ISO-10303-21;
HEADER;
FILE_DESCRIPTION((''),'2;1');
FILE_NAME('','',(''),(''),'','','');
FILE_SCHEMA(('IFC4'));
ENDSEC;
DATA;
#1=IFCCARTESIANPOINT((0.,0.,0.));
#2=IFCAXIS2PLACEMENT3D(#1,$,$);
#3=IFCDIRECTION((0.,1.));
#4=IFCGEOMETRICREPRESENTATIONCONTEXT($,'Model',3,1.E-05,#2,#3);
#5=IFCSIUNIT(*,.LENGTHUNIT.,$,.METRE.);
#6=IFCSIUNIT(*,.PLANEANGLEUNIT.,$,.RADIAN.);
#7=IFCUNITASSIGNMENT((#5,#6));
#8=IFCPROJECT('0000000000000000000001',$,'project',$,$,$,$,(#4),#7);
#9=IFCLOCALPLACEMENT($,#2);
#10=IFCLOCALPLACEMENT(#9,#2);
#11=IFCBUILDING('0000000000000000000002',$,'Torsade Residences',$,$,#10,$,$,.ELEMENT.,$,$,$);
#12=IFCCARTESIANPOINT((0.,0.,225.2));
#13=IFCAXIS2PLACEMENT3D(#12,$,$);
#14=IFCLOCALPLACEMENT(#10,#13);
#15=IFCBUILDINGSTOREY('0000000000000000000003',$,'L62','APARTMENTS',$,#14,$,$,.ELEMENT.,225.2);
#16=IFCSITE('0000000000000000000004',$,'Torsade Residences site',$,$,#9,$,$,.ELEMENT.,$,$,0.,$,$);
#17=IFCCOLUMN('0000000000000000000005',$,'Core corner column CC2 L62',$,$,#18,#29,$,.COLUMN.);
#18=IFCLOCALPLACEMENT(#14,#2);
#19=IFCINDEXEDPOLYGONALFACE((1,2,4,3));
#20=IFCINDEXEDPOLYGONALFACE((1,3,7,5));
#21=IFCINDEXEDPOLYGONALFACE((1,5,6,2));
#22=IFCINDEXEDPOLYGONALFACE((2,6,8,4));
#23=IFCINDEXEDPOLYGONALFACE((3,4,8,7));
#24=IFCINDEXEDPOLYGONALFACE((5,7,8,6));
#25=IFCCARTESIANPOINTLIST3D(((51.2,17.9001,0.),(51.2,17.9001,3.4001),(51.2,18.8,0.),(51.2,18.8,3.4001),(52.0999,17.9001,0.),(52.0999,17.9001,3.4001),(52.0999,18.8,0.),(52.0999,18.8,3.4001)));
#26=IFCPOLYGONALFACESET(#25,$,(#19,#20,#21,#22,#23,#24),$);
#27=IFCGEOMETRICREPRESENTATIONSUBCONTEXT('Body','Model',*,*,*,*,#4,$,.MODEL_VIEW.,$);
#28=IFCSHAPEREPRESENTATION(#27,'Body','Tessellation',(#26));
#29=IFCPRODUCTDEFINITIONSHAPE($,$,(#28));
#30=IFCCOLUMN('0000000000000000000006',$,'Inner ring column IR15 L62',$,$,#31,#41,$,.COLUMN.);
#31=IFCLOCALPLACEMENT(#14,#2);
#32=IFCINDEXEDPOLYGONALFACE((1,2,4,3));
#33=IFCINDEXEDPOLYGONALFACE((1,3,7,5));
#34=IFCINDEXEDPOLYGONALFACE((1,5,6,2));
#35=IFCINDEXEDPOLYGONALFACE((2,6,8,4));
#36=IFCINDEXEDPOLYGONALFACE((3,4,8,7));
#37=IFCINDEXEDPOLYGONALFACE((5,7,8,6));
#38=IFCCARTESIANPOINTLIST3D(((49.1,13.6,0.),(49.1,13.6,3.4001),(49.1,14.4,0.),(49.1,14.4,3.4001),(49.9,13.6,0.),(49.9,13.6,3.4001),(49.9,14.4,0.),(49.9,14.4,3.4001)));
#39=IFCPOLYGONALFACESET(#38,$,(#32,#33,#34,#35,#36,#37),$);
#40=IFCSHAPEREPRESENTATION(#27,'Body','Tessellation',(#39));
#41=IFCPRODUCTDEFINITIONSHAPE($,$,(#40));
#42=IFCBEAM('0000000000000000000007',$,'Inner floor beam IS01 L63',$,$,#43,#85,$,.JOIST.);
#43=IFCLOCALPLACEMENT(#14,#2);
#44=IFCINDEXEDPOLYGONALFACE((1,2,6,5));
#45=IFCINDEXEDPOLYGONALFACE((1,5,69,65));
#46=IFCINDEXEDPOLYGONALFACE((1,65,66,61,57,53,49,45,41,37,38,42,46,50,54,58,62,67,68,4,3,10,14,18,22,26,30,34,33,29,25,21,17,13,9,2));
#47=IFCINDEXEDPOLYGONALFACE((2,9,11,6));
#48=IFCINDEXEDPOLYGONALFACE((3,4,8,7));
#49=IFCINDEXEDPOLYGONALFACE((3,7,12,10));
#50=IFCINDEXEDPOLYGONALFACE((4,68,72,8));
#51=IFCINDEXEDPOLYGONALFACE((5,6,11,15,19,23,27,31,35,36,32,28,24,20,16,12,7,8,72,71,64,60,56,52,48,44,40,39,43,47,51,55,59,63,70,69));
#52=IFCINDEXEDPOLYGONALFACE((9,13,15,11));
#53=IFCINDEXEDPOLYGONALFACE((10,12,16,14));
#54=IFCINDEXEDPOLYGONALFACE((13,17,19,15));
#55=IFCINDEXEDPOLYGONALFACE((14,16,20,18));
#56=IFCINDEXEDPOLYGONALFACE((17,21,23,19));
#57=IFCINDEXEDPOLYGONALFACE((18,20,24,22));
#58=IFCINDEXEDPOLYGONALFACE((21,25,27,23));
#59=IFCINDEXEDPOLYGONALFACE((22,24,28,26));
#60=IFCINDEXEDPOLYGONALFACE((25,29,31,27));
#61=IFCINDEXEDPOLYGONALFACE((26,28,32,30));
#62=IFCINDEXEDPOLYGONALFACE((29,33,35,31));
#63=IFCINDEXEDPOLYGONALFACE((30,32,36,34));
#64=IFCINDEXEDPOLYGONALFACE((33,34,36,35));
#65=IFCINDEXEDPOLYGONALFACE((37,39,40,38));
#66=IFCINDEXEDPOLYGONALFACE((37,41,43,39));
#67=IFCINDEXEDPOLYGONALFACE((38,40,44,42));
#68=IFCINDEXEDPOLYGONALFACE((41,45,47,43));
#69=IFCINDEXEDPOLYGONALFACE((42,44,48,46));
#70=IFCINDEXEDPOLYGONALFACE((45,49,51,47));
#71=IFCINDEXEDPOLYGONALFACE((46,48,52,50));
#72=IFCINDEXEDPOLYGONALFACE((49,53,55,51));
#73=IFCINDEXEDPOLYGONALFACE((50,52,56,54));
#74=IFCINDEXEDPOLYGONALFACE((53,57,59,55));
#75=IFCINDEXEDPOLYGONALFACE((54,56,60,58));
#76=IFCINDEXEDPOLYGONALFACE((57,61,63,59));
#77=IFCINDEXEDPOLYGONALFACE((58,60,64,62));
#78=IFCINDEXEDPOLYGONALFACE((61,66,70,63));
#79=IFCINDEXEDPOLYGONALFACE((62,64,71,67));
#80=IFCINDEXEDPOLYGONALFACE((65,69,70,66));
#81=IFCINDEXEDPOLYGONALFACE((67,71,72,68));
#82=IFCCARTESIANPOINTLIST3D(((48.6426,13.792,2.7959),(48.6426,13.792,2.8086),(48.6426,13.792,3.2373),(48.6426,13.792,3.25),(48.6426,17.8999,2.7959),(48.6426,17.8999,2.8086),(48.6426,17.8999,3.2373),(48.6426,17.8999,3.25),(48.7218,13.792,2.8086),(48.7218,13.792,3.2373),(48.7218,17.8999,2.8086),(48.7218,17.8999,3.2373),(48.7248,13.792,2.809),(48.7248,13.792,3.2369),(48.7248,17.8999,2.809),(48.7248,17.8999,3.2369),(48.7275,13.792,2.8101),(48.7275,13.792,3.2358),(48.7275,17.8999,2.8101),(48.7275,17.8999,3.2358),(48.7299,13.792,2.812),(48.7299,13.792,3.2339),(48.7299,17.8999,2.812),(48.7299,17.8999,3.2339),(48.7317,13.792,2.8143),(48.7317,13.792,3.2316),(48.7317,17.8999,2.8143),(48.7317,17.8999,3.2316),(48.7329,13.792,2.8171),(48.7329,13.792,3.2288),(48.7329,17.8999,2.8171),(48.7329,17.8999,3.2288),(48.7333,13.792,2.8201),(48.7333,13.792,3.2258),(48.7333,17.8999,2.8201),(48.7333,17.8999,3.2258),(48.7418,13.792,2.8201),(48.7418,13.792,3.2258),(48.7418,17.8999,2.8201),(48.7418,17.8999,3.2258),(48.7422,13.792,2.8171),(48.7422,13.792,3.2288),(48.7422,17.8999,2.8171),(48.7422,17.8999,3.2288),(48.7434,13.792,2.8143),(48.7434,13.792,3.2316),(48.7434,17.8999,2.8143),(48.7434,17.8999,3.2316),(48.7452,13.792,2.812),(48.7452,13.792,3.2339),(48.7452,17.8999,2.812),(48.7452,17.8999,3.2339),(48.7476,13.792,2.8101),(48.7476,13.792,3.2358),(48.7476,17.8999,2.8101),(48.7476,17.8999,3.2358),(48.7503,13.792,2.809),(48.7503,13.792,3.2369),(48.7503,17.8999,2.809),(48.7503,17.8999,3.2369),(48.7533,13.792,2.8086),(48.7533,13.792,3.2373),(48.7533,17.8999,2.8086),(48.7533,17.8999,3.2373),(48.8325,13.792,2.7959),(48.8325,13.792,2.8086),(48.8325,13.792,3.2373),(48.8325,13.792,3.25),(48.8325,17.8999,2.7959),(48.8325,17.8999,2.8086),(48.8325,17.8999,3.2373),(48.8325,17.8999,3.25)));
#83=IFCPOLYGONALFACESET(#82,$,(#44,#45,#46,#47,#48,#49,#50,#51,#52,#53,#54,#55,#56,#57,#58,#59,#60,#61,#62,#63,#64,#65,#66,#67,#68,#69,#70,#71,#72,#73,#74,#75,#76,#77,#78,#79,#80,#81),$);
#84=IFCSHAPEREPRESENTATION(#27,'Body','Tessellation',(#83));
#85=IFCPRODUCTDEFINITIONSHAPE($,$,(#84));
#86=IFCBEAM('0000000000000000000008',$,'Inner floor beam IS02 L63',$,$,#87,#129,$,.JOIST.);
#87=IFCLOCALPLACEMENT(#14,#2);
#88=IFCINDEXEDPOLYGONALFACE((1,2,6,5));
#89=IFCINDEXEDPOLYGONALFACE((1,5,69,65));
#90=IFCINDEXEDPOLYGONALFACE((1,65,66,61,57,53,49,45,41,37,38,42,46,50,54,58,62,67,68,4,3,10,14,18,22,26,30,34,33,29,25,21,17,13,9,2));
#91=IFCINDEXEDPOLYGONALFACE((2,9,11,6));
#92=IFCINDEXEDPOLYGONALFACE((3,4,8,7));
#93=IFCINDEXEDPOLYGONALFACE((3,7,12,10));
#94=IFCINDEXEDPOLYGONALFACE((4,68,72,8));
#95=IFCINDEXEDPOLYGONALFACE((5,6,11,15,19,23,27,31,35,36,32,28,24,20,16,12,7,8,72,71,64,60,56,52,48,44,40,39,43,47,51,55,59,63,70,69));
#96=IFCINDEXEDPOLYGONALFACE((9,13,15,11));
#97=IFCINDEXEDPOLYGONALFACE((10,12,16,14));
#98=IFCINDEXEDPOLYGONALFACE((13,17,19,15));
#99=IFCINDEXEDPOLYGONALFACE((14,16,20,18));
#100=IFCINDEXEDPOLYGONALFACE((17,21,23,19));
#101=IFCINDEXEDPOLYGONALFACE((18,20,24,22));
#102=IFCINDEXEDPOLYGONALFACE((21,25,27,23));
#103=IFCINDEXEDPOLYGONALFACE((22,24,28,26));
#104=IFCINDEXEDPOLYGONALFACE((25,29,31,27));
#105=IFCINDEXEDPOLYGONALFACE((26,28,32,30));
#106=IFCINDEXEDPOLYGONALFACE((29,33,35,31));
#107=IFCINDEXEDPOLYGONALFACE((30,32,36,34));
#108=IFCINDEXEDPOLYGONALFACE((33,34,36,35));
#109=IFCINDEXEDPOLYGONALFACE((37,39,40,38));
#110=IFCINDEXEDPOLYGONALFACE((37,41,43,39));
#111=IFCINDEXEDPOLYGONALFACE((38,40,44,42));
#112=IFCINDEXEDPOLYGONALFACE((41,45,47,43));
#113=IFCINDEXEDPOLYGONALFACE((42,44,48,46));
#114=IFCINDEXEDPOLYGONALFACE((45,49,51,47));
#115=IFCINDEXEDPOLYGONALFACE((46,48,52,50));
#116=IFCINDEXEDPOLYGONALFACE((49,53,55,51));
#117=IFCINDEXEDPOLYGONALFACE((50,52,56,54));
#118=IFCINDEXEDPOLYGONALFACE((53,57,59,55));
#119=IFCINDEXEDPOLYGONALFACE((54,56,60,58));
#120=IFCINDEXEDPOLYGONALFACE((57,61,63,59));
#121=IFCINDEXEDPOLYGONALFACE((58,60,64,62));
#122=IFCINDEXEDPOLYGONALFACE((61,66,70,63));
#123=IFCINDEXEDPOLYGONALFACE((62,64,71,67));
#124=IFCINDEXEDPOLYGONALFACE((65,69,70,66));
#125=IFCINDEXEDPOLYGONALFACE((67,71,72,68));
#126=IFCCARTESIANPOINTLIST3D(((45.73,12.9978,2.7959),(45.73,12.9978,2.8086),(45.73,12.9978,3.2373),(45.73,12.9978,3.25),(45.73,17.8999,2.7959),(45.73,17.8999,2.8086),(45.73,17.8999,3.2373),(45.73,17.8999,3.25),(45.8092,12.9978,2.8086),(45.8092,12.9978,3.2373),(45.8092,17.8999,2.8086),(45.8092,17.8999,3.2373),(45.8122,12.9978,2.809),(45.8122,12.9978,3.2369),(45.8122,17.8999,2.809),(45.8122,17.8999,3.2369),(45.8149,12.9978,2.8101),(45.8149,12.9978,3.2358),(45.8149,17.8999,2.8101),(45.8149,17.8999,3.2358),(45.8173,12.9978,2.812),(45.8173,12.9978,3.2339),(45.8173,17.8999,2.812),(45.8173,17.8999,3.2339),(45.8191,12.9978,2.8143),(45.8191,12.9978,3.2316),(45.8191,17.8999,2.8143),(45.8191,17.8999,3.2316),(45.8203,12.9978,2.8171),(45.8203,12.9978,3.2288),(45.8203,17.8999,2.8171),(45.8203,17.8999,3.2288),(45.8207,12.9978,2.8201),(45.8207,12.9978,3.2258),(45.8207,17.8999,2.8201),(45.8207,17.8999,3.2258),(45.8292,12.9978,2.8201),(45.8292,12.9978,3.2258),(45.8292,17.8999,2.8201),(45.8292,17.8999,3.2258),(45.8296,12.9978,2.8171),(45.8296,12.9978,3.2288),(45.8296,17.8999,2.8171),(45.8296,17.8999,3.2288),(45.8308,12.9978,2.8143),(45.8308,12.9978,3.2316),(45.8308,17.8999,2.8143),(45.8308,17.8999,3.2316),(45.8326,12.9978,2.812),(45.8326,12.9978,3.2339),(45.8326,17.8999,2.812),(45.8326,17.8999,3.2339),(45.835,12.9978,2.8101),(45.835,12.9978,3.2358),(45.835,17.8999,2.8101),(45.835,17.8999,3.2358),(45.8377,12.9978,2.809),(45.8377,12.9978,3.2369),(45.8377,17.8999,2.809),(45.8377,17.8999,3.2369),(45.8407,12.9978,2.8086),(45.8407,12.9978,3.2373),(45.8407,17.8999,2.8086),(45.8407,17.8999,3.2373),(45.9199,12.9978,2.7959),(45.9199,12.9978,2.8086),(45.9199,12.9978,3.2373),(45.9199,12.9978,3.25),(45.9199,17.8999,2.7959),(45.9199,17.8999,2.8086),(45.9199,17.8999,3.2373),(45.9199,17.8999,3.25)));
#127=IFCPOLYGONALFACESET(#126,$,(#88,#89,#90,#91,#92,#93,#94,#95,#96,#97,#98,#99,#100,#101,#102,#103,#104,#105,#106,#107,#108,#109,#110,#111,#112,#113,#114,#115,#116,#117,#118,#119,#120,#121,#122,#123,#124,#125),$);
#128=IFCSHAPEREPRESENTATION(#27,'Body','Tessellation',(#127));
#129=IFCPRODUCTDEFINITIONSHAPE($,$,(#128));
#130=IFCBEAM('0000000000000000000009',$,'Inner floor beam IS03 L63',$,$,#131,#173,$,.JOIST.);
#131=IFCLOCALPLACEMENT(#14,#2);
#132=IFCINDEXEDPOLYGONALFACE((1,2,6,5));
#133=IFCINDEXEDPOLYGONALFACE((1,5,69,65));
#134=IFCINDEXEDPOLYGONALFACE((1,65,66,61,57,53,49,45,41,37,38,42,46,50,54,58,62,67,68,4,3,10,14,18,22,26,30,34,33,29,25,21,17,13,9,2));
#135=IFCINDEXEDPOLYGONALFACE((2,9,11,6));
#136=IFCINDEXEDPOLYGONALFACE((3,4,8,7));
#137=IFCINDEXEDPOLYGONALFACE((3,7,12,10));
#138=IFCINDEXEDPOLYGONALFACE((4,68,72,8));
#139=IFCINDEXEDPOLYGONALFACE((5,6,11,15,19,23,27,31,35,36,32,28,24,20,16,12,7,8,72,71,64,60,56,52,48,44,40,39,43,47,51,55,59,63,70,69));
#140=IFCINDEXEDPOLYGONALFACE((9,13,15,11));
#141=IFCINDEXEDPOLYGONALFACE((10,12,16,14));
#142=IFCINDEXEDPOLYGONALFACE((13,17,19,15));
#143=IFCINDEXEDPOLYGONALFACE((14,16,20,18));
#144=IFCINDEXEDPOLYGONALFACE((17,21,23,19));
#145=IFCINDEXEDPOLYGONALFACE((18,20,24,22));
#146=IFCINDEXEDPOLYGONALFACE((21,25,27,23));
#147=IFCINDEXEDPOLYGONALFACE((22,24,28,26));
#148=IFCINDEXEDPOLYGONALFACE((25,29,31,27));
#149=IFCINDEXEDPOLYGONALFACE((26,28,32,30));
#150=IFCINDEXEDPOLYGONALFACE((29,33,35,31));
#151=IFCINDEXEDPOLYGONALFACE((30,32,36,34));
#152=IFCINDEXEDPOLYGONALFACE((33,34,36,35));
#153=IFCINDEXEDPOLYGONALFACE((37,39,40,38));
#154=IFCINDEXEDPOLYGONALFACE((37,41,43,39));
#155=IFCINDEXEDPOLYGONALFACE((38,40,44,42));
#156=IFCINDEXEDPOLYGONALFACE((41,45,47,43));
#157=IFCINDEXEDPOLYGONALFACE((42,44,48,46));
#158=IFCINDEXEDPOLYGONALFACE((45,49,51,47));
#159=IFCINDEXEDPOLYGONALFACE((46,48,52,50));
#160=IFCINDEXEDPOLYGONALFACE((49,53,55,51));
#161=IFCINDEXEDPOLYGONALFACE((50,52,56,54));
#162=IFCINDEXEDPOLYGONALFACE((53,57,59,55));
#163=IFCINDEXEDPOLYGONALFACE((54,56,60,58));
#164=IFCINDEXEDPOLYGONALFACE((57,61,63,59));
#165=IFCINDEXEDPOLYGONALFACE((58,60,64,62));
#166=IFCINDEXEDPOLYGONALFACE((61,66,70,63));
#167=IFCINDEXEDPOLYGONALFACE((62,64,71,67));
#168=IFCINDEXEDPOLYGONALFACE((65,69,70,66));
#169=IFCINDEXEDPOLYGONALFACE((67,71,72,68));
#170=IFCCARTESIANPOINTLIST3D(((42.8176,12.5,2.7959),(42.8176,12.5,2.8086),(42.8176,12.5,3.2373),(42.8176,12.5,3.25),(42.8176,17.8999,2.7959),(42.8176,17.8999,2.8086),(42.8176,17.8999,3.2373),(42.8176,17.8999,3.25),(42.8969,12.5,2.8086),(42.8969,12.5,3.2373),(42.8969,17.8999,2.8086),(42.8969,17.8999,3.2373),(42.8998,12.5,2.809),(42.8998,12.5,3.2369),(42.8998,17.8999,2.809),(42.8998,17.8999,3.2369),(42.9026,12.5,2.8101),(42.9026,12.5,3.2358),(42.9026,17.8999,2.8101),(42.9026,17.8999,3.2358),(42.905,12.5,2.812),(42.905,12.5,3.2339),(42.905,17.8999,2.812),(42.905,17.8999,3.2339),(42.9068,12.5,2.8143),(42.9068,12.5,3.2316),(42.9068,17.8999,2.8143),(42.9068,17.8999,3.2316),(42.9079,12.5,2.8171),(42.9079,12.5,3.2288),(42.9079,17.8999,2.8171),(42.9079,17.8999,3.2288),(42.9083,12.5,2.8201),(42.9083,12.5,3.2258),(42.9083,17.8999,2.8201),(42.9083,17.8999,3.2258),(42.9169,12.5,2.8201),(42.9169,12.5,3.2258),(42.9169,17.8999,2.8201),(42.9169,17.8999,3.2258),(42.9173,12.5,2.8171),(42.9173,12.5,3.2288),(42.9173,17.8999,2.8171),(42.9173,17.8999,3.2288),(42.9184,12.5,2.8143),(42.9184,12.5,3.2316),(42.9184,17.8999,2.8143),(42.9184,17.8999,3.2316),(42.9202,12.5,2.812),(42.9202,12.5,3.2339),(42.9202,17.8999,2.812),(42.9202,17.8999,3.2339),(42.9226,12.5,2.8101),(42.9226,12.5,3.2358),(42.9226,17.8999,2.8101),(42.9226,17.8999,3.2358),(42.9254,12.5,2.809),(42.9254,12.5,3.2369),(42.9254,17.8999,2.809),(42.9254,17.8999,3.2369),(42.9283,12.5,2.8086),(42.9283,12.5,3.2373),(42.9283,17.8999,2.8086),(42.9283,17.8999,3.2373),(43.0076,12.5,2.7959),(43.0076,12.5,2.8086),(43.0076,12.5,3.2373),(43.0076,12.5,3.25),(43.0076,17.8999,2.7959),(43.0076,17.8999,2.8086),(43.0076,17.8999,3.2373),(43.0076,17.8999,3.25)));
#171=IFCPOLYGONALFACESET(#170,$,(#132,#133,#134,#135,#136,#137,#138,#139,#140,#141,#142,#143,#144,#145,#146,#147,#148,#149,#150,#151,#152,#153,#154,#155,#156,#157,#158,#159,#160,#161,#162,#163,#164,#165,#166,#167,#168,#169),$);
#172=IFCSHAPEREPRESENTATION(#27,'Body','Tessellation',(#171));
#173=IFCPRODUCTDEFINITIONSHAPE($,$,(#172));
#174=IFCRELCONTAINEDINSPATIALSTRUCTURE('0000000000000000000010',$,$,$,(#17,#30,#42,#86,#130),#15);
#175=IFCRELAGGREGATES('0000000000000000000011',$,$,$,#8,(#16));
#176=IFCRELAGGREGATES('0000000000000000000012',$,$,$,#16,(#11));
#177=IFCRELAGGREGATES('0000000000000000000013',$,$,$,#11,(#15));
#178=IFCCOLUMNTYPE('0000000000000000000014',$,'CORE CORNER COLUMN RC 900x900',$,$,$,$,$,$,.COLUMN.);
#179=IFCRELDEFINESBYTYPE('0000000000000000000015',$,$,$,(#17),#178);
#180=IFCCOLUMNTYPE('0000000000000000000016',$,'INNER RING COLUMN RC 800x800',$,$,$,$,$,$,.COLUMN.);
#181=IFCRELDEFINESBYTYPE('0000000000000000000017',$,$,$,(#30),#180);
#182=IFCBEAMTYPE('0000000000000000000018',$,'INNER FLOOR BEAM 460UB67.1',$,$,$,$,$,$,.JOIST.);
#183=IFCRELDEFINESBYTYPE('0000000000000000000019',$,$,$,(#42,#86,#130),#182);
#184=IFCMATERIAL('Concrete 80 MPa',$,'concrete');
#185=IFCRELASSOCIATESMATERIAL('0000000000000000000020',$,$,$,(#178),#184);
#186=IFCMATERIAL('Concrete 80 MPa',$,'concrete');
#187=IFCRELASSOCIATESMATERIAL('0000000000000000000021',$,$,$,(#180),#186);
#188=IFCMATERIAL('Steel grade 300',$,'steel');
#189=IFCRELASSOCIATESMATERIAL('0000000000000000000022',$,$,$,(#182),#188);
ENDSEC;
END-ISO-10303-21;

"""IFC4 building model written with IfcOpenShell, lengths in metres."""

from ifc_helpers import new_model, si_unit, direction, frame, origin, origin_2d, place, context, subcontext, project, spatial, rectangle, i_section, extrude, material, material_profile, profile_set, type_object, element, save


model = new_model("IFC4")

# Units and contexts
model_context = context("Model", 3, precision=1e-05, world=origin(), true_north=direction((0.0, 1.0)))
body_context = subcontext(model_context, "Body", "Model", "MODEL_VIEW")
ifc_project = project(units=[si_unit("LENGTHUNIT", "METRE"), si_unit("PLANEANGLEUNIT", "RADIAN")], contexts=[model_context])

# Site, building, storey
site_placement = place(None, origin())
site = spatial("IfcSite", under=ifc_project, at=site_placement, Name="Torsade Residences site", CompositionType="ELEMENT", RefElevation=0.0)
building_placement = place(site_placement, origin())
building = spatial("IfcBuilding", under=site, at=building_placement, Name="Torsade Residences", CompositionType="ELEMENT")
storey_placement = place(building_placement, frame((0.0, 0.0, 225.2)))
storey = spatial("IfcBuildingStorey", under=building, at=storey_placement, Name="L62", Description="APARTMENTS", CompositionType="ELEMENT", Elevation=225.2)

# Columns
ifc_material_1 = material(Name="Concrete 80 MPa", Category="concrete")
ifc_material_profile_1 = material_profile(ifc_material_1, rectangle(XDim=0.8999, YDim=0.8999, at=origin_2d()), Name="RC 900x900")
ifc_profile_set_1 = profile_set([ifc_material_profile_1], Name="Concrete 80 MPa")
column_type_1 = type_object("IfcColumnType", Name="CORE CORNER COLUMN RC 900x900", PredefinedType="COLUMN", material=ifc_profile_set_1)
column_1_placement = place(storey_placement, frame((51.6499, 18.3501, 0.0), z_axis=(0.0, 0.0, 1.0), x_axis=(1.0, 0.0, 0.0)))
element("IfcColumn", 1, at=column_1_placement, inside=storey, type_object=column_type_1, Name="Core corner column CC2 L62", PredefinedType="COLUMN", context=body_context, shape_type="SweptSolid", body=[
    extrude(rectangle(XDim=0.8999, YDim=0.8999, at=origin_2d()), origin(), (0.0, 0.0, 1.0), 3.4001),
])
ifc_material_2 = material(Name="Concrete 80 MPa", Category="concrete")
ifc_material_profile_2 = material_profile(ifc_material_2, rectangle(XDim=0.8, YDim=0.8, at=origin_2d()), Name="RC 800x800")
ifc_profile_set_2 = profile_set([ifc_material_profile_2], Name="Concrete 80 MPa")
column_type_2 = type_object("IfcColumnType", Name="INNER RING COLUMN RC 800x800", PredefinedType="COLUMN", material=ifc_profile_set_2)
column_2_placement = place(storey_placement, frame((49.5, 14.0, 0.0), z_axis=(0.0, 0.0, 1.0), x_axis=(1.0, 0.0, 0.0)))
element("IfcColumn", 2, at=column_2_placement, inside=storey, type_object=column_type_2, Name="Inner ring column IR15 L62", PredefinedType="COLUMN", context=body_context, shape_type="SweptSolid", body=[
    extrude(rectangle(XDim=0.8, YDim=0.8, at=origin_2d()), origin(), (0.0, 0.0, 1.0), 3.4001),
])

# Beams
ifc_material_3 = material(Name="Steel grade 300", Category="steel")
ifc_material_profile_3 = material_profile(ifc_material_3, i_section(OverallWidth=0.1899, OverallDepth=0.4541, WebThickness=0.0085, FlangeThickness=0.0127, FilletRadius=0.0115, at=origin_2d()), Name="460UB67.1")
ifc_profile_set_3 = profile_set([ifc_material_profile_3], Name="Steel grade 300")
beam_type_1 = type_object("IfcBeamType", Name="INNER FLOOR BEAM 460UB67.1", PredefinedType="JOIST", material=ifc_profile_set_3)
beam_1_placement = place(storey_placement, frame((48.7375, 17.8999, 3.0229), z_axis=(0.0, -1.0, 0.0), x_axis=(1.0, 0.0, 0.0)))
element("IfcBeam", 3, at=beam_1_placement, inside=storey, type_object=beam_type_1, Name="Inner floor beam IS01 L63", PredefinedType="JOIST", context=body_context, shape_type="SweptSolid", body=[
    extrude(i_section(OverallWidth=0.1899, OverallDepth=0.4541, WebThickness=0.0085, FlangeThickness=0.0127, FilletRadius=0.0115, at=origin_2d()), origin(), (0.0, 0.0, 1.0), 4.1079),
])
beam_2_placement = place(storey_placement, frame((45.825, 17.8999, 3.0229), z_axis=(0.0, -1.0, 0.0), x_axis=(1.0, 0.0, 0.0)))
element("IfcBeam", 4, at=beam_2_placement, inside=storey, type_object=beam_type_1, Name="Inner floor beam IS02 L63", PredefinedType="JOIST", context=body_context, shape_type="SweptSolid", body=[
    extrude(i_section(OverallWidth=0.1899, OverallDepth=0.4541, WebThickness=0.0085, FlangeThickness=0.0127, FilletRadius=0.0115, at=origin_2d()), origin(), (0.0, 0.0, 1.0), 4.9021),
])
for number, where, z_axis, x_axis, name in (
    (5, (42.9126, 17.8999, 3.0229), (0.0, -1.0, 0.0), (1.0, 0.0, 0.0), "Inner floor beam IS03 L63"),
):
    element("IfcBeam", number, at=place(storey_placement, frame(where, z_axis=z_axis, x_axis=x_axis)), inside=storey, type_object=beam_type_1, Name=name, PredefinedType="JOIST", context=body_context, shape_type="SweptSolid", body=[
        extrude(i_section(OverallWidth=0.1899, OverallDepth=0.4541, WebThickness=0.0085, FlangeThickness=0.0127, FilletRadius=0.0115, at=origin_2d()), origin(), (0.0, 0.0, 1.0), 5.3999),
    ])

save(model, "model.ifc")
